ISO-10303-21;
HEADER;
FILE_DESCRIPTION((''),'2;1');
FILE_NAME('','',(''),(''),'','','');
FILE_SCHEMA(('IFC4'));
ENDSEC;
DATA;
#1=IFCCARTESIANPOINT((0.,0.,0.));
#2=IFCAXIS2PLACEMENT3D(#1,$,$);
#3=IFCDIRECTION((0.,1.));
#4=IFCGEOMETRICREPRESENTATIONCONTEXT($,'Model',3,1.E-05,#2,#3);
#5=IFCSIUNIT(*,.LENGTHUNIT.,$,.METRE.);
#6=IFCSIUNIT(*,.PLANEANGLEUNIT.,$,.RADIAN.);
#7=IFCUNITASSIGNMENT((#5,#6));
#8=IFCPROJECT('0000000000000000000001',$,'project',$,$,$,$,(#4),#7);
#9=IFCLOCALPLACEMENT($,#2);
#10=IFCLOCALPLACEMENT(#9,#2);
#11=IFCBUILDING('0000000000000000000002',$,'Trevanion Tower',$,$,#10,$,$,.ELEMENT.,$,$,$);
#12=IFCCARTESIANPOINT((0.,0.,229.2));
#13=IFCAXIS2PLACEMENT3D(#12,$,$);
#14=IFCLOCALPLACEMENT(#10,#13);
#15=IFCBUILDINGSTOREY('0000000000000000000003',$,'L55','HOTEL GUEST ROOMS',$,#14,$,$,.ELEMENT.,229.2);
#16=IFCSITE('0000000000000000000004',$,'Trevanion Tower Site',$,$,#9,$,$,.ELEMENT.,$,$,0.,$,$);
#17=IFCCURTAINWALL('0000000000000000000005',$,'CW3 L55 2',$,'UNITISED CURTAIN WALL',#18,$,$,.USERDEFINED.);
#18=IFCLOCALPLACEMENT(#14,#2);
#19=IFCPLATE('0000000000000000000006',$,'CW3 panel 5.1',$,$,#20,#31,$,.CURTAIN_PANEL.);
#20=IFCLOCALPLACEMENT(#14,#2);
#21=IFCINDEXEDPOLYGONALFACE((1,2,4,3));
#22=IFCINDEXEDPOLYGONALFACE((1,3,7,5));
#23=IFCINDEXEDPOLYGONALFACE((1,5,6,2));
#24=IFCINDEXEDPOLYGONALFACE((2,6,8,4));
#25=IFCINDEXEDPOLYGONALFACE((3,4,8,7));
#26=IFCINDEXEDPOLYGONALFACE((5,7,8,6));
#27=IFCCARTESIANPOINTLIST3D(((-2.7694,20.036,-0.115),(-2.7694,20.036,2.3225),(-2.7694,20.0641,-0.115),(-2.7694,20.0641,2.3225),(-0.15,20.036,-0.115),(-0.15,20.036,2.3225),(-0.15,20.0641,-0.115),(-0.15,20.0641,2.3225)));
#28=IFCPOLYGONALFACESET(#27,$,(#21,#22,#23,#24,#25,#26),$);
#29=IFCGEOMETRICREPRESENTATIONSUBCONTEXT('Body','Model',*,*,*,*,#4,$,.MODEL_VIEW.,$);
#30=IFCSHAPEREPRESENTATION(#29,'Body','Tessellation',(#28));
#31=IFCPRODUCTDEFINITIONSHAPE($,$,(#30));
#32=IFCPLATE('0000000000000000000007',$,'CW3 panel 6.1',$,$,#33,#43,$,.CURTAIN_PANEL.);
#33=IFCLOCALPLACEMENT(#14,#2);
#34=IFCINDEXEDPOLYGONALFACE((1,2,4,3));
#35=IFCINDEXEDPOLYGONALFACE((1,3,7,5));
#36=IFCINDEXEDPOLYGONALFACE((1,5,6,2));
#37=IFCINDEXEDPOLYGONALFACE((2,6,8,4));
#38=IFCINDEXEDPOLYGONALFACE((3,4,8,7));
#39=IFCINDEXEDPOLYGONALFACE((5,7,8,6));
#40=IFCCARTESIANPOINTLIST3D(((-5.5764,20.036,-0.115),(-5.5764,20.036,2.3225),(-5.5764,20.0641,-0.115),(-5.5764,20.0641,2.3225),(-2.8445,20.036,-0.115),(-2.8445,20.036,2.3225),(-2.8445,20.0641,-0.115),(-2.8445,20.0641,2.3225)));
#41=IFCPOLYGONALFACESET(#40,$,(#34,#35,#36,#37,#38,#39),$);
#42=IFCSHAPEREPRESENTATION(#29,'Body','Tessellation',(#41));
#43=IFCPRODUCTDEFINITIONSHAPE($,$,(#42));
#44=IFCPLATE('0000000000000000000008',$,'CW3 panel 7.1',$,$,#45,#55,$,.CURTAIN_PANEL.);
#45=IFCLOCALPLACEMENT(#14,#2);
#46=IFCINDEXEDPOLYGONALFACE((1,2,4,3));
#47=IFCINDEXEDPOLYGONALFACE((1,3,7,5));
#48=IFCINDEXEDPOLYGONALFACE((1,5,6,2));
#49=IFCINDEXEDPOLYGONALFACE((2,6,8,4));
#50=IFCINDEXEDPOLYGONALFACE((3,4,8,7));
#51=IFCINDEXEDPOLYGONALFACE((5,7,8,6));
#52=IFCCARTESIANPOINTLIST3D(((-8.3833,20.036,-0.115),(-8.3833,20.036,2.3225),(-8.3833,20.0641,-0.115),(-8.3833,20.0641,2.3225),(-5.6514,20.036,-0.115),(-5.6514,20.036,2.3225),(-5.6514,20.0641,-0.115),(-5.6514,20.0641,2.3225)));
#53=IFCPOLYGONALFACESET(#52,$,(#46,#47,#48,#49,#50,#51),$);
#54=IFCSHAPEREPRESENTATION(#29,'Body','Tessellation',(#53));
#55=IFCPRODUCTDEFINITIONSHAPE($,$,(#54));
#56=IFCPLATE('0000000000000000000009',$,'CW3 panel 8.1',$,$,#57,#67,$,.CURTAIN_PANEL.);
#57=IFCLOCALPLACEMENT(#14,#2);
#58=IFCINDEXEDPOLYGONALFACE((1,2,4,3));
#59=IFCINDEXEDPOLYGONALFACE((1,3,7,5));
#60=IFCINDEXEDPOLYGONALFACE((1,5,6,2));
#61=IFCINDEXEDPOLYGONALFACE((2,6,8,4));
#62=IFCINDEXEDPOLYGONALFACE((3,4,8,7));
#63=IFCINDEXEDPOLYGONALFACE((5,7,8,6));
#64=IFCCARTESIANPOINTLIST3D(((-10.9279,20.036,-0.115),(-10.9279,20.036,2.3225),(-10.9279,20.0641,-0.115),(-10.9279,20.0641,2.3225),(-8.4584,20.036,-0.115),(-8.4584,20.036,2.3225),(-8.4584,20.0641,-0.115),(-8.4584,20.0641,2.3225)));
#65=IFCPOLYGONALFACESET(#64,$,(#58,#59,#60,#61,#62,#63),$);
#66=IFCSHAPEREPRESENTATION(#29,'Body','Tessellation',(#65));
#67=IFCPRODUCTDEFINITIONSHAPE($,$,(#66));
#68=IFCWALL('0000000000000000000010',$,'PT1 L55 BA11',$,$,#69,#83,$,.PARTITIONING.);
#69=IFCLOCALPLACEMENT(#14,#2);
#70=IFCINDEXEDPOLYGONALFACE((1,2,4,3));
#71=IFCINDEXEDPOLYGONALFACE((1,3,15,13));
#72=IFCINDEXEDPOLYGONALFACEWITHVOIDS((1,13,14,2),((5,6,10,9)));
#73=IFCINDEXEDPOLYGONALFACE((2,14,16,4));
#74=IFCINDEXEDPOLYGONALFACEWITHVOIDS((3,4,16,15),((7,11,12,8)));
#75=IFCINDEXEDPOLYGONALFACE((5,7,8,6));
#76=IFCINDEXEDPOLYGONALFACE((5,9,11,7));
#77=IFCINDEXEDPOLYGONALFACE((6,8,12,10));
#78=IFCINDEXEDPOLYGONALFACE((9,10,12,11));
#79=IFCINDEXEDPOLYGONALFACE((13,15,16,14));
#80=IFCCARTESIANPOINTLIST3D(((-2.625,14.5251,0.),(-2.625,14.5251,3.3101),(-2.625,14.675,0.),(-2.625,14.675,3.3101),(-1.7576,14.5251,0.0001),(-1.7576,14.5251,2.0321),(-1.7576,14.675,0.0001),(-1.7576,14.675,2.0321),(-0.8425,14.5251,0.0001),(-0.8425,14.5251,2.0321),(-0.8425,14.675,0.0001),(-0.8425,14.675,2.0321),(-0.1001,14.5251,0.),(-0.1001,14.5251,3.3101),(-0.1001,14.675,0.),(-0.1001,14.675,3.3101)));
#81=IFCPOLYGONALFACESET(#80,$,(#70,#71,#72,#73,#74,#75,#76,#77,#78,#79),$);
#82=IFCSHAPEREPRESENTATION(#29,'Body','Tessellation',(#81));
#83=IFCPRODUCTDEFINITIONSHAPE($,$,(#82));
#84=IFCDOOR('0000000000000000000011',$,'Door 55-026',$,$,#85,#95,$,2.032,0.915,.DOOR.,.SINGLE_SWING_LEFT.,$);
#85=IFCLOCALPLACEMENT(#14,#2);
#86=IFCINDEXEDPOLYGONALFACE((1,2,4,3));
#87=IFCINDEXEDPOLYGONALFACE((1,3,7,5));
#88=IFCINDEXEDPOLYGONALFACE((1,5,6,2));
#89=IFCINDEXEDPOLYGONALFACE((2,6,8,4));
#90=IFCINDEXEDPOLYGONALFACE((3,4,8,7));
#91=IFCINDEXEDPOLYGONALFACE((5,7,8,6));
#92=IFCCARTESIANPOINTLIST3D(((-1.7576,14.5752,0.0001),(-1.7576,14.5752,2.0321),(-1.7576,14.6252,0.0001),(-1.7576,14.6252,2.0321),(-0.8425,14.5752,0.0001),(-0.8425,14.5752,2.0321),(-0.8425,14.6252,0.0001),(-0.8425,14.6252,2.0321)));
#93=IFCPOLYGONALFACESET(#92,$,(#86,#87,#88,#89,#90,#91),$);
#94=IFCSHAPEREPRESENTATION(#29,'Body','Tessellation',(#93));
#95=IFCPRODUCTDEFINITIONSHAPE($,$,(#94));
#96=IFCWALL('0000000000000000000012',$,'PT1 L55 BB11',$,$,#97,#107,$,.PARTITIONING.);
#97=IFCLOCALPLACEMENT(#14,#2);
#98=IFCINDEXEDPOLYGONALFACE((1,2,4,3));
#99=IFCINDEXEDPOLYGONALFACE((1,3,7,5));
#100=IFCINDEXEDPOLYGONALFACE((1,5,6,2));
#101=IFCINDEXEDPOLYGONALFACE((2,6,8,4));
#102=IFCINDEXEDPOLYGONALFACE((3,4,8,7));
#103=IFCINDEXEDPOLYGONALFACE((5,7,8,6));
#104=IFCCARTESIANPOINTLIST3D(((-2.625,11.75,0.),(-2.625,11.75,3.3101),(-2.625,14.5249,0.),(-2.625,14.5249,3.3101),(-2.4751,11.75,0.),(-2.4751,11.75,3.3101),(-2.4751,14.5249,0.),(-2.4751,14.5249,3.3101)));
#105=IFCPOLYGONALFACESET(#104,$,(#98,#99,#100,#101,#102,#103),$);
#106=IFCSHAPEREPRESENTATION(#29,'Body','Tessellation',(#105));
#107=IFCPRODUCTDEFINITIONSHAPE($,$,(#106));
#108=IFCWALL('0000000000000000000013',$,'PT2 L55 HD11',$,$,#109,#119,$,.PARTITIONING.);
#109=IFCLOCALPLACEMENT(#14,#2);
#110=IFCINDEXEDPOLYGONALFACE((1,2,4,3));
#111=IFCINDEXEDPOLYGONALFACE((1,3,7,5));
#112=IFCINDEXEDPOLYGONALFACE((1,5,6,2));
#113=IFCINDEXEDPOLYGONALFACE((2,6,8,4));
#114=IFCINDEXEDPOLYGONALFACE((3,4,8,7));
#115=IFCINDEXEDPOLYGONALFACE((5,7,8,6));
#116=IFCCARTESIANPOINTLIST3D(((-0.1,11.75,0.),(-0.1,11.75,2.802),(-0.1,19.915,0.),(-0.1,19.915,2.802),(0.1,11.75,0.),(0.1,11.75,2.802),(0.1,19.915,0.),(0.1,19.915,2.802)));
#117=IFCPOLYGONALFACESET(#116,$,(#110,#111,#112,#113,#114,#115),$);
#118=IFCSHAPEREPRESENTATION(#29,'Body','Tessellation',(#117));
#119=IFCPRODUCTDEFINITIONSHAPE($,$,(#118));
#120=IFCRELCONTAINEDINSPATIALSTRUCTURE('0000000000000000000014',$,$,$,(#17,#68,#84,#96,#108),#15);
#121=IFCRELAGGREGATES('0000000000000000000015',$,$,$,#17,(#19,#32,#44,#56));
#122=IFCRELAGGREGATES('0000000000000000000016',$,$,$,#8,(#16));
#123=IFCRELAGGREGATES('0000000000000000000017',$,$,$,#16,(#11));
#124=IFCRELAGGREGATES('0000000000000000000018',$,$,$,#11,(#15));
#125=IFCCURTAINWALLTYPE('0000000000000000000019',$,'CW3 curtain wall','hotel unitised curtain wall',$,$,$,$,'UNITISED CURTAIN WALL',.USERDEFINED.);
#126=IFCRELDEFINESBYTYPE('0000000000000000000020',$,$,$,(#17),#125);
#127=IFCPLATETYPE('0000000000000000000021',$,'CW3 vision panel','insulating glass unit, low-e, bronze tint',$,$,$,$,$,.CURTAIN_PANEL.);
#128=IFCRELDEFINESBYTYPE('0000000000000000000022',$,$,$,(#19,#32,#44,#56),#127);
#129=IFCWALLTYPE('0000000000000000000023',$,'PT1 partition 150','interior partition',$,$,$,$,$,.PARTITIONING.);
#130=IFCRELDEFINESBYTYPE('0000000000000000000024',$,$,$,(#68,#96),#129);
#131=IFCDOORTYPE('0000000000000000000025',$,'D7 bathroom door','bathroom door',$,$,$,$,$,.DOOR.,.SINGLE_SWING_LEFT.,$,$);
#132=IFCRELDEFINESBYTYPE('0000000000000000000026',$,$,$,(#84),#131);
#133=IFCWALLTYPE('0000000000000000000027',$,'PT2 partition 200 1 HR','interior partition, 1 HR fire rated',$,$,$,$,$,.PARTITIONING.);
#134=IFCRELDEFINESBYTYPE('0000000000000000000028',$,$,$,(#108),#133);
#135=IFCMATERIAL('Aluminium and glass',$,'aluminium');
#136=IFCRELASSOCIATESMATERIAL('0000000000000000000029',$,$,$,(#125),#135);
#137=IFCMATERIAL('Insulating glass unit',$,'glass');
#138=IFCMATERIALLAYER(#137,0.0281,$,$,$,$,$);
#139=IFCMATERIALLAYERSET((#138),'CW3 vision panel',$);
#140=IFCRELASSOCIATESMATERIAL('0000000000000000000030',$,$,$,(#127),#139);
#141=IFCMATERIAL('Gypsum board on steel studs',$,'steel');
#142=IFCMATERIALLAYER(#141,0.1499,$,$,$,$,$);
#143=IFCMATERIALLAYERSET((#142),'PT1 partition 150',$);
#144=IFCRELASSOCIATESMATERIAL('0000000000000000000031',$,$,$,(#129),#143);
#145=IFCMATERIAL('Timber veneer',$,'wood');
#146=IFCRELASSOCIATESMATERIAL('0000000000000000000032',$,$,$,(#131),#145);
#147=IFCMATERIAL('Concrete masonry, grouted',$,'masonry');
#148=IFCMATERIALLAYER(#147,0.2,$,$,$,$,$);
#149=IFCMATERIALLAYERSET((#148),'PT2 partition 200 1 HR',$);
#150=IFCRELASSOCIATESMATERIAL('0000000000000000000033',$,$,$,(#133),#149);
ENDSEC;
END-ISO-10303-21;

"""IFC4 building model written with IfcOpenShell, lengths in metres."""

from ifc_helpers import new_model, si_unit, direction, frame, frame_2d, origin, origin_2d, place, context, subcontext, project, spatial, rectangle, extrude, material, layer, layer_set, type_object, element, fill, aggregate, save


model = new_model("IFC4")

# Units and contexts
model_context = context("Model", 3, precision=1e-05, world=origin(), true_north=direction((0.0, 1.0)))
body_context = subcontext(model_context, "Body", "Model", "MODEL_VIEW")
ifc_project = project(units=[si_unit("LENGTHUNIT", "METRE"), si_unit("PLANEANGLEUNIT", "RADIAN")], contexts=[model_context])

# Site, building, storey
site_placement = place(None, origin())
site = spatial("IfcSite", under=ifc_project, at=site_placement, Name="Trevanion Tower Site", CompositionType="ELEMENT", RefElevation=0.0)
building_placement = place(site_placement, origin())
building = spatial("IfcBuilding", under=site, at=building_placement, Name="Trevanion Tower", CompositionType="ELEMENT")
storey_placement = place(building_placement, frame((0.0, 0.0, 229.2)))
storey = spatial("IfcBuildingStorey", under=building, at=storey_placement, Name="L55", Description="HOTEL GUEST ROOMS", CompositionType="ELEMENT", Elevation=229.2)

# Curtain wall
ifc_material_1 = material(Name="Aluminium and glass", Category="aluminium")
curtain_wall_type = type_object("IfcCurtainWallType", Name="CW3 curtain wall", Description="hotel unitised curtain wall", ElementType="UNITISED CURTAIN WALL", PredefinedType="USERDEFINED", material=ifc_material_1)
curtain_wall_placement = place(storey_placement, origin())
curtain_wall = element("IfcCurtainWall", 1, at=curtain_wall_placement, inside=storey, type_object=curtain_wall_type, Name="CW3 L55 2", ObjectType="UNITISED CURTAIN WALL", PredefinedType="USERDEFINED")

# Plates
ifc_material_2 = material(Name="Insulating glass unit", Category="glass")
ifc_layer_1 = layer(ifc_material_2, 0.0281)
ifc_layer_set_1 = layer_set([ifc_layer_1], Name="CW3 vision panel")
plate_type_1 = type_object("IfcPlateType", Name="CW3 vision panel", Description="insulating glass unit, low-e, bronze tint", PredefinedType="CURTAIN_PANEL", material=ifc_layer_set_1)
plate_1_placement = place(storey_placement, frame((-1.4597, 20.05, -0.115), z_axis=(0.0, 0.0, 1.0), x_axis=(-1.0, 0.0, 0.0)))
plate_1 = element("IfcPlate", 2, at=plate_1_placement, type_object=plate_type_1, Name="CW3 panel 5.1", PredefinedType="CURTAIN_PANEL", context=body_context, shape_type="SweptSolid", body=[
    extrude(rectangle(XDim=2.6194, YDim=0.0281, at=origin_2d()), origin(), (0.0, 0.0, 1.0), 2.4375),
])
plate_2_placement = place(storey_placement, frame((-4.2104, 20.05, -0.115), z_axis=(0.0, 0.0, 1.0), x_axis=(-1.0, 0.0, 0.0)))
plate_2 = element("IfcPlate", 3, at=plate_2_placement, type_object=plate_type_1, Name="CW3 panel 6.1", PredefinedType="CURTAIN_PANEL", context=body_context, shape_type="SweptSolid", body=[
    extrude(rectangle(XDim=2.7319, YDim=0.0281, at=origin_2d()), origin(), (0.0, 0.0, 1.0), 2.4375),
])
plate_3_placement = place(storey_placement, frame((-7.0173, 20.05, -0.115), z_axis=(0.0, 0.0, 1.0), x_axis=(-1.0, 0.0, 0.0)))
plate_3 = element("IfcPlate", 4, at=plate_3_placement, type_object=plate_type_1, Name="CW3 panel 7.1", PredefinedType="CURTAIN_PANEL", context=body_context, shape_type="SweptSolid", body=[
    extrude(rectangle(XDim=2.7319, YDim=0.0281, at=origin_2d()), origin(), (0.0, 0.0, 1.0), 2.4375),
])
plate_4_placement = place(storey_placement, frame((-9.6931, 20.05, -0.115), z_axis=(0.0, 0.0, 1.0), x_axis=(-1.0, 0.0, 0.0)))
plate_4 = element("IfcPlate", 5, at=plate_4_placement, type_object=plate_type_1, Name="CW3 panel 8.1", PredefinedType="CURTAIN_PANEL", context=body_context, shape_type="SweptSolid", body=[
    extrude(rectangle(XDim=2.4695, YDim=0.0281, at=origin_2d()), origin(), (0.0, 0.0, 1.0), 2.4375),
])
aggregate(curtain_wall, [plate_1, plate_2, plate_3, plate_4])

# Wall, opening, door
ifc_material_3 = material(Name="Gypsum board on steel studs", Category="steel")
ifc_layer_2 = layer(ifc_material_3, 0.1499)
ifc_layer_set_2 = layer_set([ifc_layer_2], Name="PT1 partition 150")
wall_type_1 = type_object("IfcWallType", Name="PT1 partition 150", Description="interior partition", PredefinedType="PARTITIONING", material=ifc_layer_set_2)
wall_1_placement = place(storey_placement, frame((-0.1001, 14.6001, 0.0), z_axis=(0.0, 0.0, 1.0), x_axis=(-1.0, 0.0, 0.0)))
wall_1 = element("IfcWall", 6, at=wall_1_placement, inside=storey, type_object=wall_type_1, Name="PT1 L55 BA11", PredefinedType="PARTITIONING", context=body_context, shape_type="SweptSolid", body=[
    extrude(rectangle(XDim=2.5249, YDim=0.1499, at=frame_2d((1.2625, 0.0))), origin(), (0.0, 0.0, 1.0), 3.3101),
])
opening_placement = place(wall_1_placement, frame((0.7424, 0.0, 0.0)))
opening = element("IfcOpeningElement", 7, at=opening_placement, cuts=wall_1, PredefinedType="OPENING", context=body_context, shape_type="SweptSolid", body=[
    extrude(rectangle(XDim=0.915, YDim=2.032, at=frame_2d((0.4575, 1.0161))), frame((0.0, 0.085, 0.0), z_axis=(0.0, -1.0, 0.0), x_axis=(1.0, 0.0, 0.0)), (0.0, 0.0, 1.0), 0.1699),
])
ifc_material_4 = material(Name="Timber veneer", Category="wood")
door_type = type_object("IfcDoorType", Name="D7 bathroom door", Description="bathroom door", OperationType="SINGLE_SWING_LEFT", PredefinedType="DOOR", material=ifc_material_4)
door_placement = place(opening_placement, origin())
door = element("IfcDoor", 8, at=door_placement, inside=storey, type_object=door_type, Name="Door 55-026", OperationType="SINGLE_SWING_LEFT", OverallHeight=2.032, OverallWidth=0.915, PredefinedType="DOOR", context=body_context, shape_type="SweptSolid", body=[
    extrude(rectangle(XDim=0.915, YDim=2.032, at=frame_2d((0.4575, 1.0161))), frame((0.0, 0.0249, 0.0), z_axis=(0.0, -1.0, 0.0), x_axis=(1.0, 0.0, 0.0)), (0.0, 0.0, 1.0), 0.05),
])
fill(opening, door)

# Walls
wall_2_placement = place(storey_placement, frame((-2.55, 11.75, 0.0), z_axis=(0.0, 0.0, 1.0), x_axis=(0.0, 1.0, 0.0)))
element("IfcWall", 9, at=wall_2_placement, inside=storey, type_object=wall_type_1, Name="PT1 L55 BB11", PredefinedType="PARTITIONING", context=body_context, shape_type="SweptSolid", body=[
    extrude(rectangle(XDim=2.7749, YDim=0.1499, at=frame_2d((1.3875, 0.0))), origin(), (0.0, 0.0, 1.0), 3.3101),
])
ifc_material_5 = material(Name="Concrete masonry, grouted", Category="masonry")
ifc_layer_3 = layer(ifc_material_5, 0.2)
ifc_layer_set_3 = layer_set([ifc_layer_3], Name="PT2 partition 200 1 HR")
wall_type_2 = type_object("IfcWallType", Name="PT2 partition 200 1 HR", Description="interior partition, 1 HR fire rated", PredefinedType="PARTITIONING", material=ifc_layer_set_3)
wall_3_placement = place(storey_placement, frame((0.0, 11.75, 0.0), z_axis=(0.0, 0.0, 1.0), x_axis=(0.0, 1.0, 0.0)))
element("IfcWall", 10, at=wall_3_placement, inside=storey, type_object=wall_type_2, Name="PT2 L55 HD11", PredefinedType="PARTITIONING", context=body_context, shape_type="SweptSolid", body=[
    extrude(rectangle(XDim=8.165, YDim=0.2, at=frame_2d((4.0825, 0.0))), origin(), (0.0, 0.0, 1.0), 2.802),
])

save(model, "model.ifc")
